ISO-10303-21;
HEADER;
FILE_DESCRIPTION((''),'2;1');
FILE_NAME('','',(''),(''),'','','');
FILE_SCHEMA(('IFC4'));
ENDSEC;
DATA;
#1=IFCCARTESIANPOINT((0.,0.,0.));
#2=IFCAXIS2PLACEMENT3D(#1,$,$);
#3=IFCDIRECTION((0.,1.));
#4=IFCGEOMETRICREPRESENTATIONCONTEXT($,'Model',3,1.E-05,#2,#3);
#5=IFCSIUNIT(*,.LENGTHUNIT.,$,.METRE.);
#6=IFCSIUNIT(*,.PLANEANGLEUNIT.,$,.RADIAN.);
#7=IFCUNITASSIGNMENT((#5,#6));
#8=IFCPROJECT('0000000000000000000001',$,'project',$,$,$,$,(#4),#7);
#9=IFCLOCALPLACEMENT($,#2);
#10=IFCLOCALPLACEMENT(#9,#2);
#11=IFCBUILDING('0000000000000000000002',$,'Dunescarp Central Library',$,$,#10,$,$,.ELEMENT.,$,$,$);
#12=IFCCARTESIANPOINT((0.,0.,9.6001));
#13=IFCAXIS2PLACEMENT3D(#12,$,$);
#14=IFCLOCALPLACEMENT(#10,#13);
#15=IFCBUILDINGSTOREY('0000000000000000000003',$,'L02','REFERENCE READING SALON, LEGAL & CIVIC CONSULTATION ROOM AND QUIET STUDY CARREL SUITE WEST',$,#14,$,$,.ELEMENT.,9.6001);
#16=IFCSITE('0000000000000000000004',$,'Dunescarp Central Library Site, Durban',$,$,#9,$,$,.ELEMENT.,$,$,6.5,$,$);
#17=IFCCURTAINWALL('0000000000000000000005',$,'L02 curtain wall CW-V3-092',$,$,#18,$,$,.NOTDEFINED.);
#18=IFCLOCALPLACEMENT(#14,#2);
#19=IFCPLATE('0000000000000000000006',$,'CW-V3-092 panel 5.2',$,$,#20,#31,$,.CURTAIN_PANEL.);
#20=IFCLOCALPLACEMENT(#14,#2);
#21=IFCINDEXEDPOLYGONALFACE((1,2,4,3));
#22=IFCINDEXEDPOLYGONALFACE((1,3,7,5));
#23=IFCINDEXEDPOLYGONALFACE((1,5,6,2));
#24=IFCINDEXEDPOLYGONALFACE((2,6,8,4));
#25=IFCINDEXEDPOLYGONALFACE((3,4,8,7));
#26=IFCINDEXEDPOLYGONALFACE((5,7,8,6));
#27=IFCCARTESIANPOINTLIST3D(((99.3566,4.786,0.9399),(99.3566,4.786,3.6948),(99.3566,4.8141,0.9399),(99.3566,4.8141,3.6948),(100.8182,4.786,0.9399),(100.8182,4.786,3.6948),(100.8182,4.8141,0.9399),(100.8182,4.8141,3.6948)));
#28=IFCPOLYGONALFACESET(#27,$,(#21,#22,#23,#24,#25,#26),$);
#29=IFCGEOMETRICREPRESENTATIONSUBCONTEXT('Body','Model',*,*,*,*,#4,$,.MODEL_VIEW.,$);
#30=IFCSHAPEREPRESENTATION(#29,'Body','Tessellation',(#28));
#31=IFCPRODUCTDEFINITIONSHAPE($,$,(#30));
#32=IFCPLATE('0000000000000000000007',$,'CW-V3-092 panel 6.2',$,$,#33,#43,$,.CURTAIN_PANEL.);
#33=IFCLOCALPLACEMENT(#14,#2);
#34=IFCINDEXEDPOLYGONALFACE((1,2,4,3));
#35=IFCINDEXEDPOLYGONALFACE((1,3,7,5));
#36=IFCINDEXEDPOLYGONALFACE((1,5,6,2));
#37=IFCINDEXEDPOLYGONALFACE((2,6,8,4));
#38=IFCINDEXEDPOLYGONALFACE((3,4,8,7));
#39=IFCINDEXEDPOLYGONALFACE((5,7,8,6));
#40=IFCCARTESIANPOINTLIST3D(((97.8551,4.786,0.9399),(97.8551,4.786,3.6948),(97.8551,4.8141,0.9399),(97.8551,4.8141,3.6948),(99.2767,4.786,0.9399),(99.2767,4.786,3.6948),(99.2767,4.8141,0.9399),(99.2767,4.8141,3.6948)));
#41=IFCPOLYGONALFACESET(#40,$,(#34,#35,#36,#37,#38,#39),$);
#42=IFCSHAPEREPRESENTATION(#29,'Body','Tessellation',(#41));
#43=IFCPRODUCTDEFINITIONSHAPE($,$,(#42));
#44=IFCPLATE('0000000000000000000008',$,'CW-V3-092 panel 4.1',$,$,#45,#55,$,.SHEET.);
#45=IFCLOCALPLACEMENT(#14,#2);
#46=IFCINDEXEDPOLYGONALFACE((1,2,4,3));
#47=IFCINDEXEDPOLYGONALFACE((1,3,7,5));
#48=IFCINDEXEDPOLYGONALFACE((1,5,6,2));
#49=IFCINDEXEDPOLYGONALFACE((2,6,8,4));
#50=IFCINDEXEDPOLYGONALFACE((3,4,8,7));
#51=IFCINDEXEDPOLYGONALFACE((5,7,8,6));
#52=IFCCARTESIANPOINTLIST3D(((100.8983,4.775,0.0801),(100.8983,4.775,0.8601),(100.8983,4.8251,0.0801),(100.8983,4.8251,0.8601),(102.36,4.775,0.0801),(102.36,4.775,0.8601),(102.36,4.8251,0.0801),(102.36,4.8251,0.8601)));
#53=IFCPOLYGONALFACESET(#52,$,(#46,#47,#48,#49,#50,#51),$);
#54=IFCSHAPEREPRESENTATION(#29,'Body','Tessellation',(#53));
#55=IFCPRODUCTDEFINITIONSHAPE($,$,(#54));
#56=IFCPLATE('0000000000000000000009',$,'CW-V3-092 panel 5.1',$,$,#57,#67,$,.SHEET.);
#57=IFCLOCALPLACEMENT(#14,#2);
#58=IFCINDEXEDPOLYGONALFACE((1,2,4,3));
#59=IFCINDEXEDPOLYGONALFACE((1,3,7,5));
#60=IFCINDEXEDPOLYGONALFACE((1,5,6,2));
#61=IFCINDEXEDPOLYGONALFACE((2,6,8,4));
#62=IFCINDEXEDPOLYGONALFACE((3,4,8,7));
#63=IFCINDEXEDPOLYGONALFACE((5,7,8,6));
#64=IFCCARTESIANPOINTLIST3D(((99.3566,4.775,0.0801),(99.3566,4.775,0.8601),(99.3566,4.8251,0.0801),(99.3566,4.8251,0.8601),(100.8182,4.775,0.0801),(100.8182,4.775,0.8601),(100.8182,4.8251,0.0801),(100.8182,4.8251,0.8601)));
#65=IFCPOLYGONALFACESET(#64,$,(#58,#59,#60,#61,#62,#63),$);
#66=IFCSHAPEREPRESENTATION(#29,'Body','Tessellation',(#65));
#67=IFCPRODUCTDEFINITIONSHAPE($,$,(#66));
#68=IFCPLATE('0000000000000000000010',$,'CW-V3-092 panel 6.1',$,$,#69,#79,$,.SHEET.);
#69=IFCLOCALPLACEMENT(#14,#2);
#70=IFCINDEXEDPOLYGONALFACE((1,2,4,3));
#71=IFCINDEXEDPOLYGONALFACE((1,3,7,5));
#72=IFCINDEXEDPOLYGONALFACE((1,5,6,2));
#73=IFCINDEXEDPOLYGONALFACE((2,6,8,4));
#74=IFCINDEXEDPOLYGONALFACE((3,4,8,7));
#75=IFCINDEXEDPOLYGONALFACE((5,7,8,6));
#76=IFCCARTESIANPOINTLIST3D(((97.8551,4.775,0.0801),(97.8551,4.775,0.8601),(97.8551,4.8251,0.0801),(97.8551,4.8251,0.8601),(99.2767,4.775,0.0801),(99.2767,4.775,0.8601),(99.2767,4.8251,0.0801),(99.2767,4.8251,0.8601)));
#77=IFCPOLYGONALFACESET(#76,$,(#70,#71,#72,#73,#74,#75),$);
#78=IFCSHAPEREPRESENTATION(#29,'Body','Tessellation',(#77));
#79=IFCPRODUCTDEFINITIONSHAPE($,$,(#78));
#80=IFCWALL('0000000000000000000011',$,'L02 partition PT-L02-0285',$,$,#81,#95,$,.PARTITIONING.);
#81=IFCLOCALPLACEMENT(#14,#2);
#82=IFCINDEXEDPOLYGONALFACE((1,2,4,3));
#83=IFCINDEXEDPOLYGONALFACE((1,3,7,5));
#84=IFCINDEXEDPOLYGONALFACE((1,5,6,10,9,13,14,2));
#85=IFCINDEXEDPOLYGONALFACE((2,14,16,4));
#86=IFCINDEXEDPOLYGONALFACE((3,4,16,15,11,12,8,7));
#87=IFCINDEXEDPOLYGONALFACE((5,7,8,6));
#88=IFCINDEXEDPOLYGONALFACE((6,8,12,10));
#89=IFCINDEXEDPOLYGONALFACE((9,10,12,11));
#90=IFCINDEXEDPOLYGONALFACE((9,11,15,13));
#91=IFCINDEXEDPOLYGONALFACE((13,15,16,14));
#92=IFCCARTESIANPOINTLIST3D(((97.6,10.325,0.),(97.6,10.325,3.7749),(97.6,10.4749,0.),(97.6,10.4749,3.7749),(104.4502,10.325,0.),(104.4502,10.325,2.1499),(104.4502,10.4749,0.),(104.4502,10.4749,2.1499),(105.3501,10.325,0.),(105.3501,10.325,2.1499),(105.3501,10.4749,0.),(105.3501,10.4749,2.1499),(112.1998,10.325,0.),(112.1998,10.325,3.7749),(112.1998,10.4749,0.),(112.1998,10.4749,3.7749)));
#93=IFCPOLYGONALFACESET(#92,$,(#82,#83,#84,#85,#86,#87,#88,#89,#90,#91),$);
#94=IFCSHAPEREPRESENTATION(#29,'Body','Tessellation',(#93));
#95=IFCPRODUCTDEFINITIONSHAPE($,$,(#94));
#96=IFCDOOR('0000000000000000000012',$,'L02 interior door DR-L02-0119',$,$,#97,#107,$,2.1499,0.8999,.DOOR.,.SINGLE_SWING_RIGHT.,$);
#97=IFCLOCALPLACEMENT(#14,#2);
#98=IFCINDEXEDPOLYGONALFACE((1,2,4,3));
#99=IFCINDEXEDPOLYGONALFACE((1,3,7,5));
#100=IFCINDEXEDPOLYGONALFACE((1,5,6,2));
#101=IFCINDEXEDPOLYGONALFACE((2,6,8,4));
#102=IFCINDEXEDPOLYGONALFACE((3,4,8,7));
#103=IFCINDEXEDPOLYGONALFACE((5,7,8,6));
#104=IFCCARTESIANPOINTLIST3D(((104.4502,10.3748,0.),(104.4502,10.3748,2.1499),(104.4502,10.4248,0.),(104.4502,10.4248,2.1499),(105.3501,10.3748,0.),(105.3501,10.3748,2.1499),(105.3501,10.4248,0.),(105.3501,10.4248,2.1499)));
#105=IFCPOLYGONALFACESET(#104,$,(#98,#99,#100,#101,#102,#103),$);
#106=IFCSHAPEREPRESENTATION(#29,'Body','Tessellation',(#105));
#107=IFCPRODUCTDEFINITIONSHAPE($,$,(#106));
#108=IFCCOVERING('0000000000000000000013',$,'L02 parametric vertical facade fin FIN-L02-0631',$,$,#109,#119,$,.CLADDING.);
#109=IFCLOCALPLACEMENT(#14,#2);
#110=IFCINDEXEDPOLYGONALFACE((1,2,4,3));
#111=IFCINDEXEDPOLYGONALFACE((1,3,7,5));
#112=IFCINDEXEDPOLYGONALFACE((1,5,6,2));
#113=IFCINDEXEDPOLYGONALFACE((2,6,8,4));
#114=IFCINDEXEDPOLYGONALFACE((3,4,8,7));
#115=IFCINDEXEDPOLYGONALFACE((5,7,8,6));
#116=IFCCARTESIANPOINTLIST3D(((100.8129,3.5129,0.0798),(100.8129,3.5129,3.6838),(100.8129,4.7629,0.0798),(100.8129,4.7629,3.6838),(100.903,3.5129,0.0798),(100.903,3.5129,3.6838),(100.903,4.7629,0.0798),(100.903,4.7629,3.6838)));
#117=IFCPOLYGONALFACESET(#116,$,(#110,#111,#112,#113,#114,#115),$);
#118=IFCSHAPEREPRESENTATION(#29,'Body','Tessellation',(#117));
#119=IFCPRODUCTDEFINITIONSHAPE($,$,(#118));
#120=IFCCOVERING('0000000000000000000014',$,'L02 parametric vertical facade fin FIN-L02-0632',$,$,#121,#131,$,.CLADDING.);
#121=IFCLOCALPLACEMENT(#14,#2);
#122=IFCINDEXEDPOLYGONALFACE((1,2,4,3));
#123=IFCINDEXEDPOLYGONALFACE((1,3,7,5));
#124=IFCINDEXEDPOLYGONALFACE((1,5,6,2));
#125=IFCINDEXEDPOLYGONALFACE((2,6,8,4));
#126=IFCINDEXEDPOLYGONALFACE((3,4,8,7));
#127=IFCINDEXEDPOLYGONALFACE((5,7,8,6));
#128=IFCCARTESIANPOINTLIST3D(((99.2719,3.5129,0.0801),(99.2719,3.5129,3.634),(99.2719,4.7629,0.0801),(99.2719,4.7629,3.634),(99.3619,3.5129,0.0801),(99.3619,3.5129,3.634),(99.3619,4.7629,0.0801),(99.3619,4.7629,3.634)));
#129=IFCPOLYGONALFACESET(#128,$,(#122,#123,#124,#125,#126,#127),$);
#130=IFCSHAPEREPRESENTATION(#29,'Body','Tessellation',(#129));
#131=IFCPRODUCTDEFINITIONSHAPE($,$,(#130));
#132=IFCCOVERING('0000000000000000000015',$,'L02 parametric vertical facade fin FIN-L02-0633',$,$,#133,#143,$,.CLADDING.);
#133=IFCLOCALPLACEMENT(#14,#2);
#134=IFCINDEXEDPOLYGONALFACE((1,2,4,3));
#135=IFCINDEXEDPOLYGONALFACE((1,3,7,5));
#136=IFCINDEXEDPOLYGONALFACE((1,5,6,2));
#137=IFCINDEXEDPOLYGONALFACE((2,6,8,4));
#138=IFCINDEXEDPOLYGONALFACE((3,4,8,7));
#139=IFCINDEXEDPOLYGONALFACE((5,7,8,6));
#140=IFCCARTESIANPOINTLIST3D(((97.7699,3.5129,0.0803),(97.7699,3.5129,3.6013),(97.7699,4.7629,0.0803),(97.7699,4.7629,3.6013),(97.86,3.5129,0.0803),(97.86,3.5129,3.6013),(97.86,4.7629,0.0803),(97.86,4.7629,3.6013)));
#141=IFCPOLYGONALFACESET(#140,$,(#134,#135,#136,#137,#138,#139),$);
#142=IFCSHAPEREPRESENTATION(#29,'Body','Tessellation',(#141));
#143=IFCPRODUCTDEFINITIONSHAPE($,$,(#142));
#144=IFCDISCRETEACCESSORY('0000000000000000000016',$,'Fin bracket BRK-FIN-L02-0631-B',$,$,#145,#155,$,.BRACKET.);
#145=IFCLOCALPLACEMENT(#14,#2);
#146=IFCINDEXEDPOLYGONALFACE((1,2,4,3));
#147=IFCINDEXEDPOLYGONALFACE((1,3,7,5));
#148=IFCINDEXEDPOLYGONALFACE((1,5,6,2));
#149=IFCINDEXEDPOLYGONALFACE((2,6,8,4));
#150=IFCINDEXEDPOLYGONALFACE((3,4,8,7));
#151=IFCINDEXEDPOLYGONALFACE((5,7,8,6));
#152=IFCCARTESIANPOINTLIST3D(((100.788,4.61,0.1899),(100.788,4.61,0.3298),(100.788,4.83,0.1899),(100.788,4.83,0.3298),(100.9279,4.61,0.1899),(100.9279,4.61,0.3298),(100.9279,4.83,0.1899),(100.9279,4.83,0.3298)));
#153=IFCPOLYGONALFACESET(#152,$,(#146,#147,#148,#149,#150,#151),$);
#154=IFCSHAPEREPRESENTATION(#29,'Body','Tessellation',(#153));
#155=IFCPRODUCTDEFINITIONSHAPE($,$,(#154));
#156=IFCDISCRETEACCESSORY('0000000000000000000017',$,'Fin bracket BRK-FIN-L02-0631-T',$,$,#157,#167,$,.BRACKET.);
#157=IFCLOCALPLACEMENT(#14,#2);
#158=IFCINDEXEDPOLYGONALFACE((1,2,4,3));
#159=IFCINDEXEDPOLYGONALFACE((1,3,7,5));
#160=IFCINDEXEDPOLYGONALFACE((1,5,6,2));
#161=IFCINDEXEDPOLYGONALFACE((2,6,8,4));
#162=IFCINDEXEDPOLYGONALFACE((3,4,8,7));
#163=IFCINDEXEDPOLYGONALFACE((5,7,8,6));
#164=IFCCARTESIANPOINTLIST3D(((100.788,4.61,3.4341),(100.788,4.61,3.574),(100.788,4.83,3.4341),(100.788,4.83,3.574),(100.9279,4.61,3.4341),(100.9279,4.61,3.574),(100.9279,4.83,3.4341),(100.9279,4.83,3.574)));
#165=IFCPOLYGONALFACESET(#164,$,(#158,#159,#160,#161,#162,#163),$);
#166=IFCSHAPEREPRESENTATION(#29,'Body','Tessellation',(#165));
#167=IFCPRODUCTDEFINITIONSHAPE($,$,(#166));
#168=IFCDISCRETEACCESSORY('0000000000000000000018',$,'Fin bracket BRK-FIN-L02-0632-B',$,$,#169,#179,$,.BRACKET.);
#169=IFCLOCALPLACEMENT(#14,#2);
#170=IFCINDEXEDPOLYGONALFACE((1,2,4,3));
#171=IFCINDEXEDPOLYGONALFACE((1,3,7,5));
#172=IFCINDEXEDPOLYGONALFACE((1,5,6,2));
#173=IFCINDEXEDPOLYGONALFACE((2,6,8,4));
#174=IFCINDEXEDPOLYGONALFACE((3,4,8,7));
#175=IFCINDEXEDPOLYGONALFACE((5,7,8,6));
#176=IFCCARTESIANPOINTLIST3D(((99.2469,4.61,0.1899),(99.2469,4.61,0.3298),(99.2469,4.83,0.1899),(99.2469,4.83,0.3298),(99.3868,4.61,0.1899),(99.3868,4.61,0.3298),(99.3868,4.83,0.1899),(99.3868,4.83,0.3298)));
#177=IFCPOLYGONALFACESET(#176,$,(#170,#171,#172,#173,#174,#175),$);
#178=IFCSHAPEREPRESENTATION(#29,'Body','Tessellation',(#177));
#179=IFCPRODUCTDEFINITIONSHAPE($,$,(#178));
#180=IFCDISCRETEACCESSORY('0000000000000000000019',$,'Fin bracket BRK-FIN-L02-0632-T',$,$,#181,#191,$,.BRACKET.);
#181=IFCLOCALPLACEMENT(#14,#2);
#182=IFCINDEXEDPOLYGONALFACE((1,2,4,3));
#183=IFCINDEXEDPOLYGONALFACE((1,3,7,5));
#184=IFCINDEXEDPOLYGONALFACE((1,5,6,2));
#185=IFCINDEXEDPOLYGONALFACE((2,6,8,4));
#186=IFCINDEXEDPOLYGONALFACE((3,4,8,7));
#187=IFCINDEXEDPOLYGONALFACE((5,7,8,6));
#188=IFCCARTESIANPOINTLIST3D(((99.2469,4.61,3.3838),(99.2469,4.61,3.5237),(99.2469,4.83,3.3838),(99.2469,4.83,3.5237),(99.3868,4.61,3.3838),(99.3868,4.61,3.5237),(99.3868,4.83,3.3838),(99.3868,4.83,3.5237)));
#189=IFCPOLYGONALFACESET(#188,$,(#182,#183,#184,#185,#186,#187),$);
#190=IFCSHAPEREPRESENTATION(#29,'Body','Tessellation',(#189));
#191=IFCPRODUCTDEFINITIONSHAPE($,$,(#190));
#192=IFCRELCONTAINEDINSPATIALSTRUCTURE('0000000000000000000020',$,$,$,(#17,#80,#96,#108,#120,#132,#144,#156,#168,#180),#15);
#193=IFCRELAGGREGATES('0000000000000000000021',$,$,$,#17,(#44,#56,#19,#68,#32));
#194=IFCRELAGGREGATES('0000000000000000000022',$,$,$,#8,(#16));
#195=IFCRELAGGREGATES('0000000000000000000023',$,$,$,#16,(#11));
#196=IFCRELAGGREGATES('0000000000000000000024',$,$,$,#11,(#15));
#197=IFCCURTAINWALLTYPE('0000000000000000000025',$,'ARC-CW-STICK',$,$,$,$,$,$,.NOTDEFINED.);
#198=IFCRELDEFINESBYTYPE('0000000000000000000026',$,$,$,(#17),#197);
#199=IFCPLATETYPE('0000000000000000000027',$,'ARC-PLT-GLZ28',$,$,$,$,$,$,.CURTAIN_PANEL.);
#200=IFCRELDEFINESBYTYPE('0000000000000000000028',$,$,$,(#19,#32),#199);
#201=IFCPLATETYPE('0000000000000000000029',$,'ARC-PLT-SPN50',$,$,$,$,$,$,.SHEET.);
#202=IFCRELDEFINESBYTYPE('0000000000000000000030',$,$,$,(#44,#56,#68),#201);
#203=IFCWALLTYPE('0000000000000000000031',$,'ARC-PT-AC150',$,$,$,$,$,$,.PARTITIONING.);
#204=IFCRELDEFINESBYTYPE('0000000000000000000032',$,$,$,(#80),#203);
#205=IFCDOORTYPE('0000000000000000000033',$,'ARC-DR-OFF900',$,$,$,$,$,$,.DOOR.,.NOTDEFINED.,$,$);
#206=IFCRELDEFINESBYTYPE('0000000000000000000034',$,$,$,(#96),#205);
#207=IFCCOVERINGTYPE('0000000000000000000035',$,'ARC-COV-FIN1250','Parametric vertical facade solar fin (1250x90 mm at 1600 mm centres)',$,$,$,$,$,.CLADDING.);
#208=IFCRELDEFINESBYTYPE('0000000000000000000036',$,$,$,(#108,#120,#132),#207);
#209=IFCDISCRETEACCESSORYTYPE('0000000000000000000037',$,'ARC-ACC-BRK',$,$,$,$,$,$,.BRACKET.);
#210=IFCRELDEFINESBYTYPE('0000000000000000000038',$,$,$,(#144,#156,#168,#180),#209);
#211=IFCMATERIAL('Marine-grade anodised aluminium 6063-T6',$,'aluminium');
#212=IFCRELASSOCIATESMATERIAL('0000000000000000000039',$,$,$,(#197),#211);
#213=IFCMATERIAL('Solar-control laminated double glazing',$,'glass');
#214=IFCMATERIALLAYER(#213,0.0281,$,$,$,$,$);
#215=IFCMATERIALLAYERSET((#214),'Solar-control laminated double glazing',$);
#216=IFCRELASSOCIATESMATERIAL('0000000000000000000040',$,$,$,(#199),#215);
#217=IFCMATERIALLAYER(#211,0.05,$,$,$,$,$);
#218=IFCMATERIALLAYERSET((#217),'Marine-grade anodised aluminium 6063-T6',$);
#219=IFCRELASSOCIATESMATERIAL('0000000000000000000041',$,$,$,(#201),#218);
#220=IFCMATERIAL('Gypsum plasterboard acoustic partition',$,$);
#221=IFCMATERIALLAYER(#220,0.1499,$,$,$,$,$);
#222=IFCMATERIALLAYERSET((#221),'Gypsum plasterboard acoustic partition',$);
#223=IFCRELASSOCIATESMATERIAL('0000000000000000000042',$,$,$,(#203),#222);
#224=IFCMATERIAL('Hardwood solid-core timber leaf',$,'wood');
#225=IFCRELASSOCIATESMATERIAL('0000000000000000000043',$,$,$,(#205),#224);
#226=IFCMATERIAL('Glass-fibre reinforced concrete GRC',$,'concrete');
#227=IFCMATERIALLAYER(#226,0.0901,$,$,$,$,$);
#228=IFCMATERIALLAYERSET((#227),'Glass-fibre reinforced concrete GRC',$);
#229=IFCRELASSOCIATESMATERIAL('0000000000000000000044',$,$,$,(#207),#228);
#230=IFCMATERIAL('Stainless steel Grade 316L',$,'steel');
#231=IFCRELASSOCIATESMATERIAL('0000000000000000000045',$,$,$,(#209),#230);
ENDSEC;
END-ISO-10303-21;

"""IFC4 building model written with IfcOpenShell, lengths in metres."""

from ifc_helpers import new_model, si_unit, direction, frame, frame_2d, origin, origin_2d, place, context, subcontext, project, spatial, rectangle, extrude, material, layer, layer_set, type_object, element, fill, aggregate, save


model = new_model("IFC4")

# Units and contexts
model_context = context("Model", 3, precision=1e-05, world=origin(), true_north=direction((0.0, 1.0)))
body_context = subcontext(model_context, "Body", "Model", "MODEL_VIEW")
ifc_project = project(units=[si_unit("LENGTHUNIT", "METRE"), si_unit("PLANEANGLEUNIT", "RADIAN")], contexts=[model_context])

# Site, building, storey
site_placement = place(None, origin())
site = spatial("IfcSite", under=ifc_project, at=site_placement, Name="Dunescarp Central Library Site, Durban", CompositionType="ELEMENT", RefElevation=6.5)
building_placement = place(site_placement, origin())
building = spatial("IfcBuilding", under=site, at=building_placement, Name="Dunescarp Central Library", CompositionType="ELEMENT")
storey_placement = place(building_placement, frame((0.0, 0.0, 9.6001)))
storey = spatial("IfcBuildingStorey", under=building, at=storey_placement, Name="L02", Description="REFERENCE READING SALON, LEGAL & CIVIC CONSULTATION ROOM AND QUIET STUDY CARREL SUITE WEST", CompositionType="ELEMENT", Elevation=9.6001)

# Curtain wall
ifc_material_1 = material(Name="Marine-grade anodised aluminium 6063-T6", Category="aluminium")
curtain_wall_type = type_object("IfcCurtainWallType", Name="ARC-CW-STICK", PredefinedType="NOTDEFINED", material=ifc_material_1)
curtain_wall_placement = place(storey_placement, origin())
curtain_wall = element("IfcCurtainWall", 1, at=curtain_wall_placement, inside=storey, type_object=curtain_wall_type, Name="L02 curtain wall CW-V3-092", PredefinedType="NOTDEFINED")

# Plates
ifc_material_2 = material(Name="Solar-control laminated double glazing", Category="glass")
ifc_layer_1 = layer(ifc_material_2, 0.0281)
ifc_layer_set_1 = layer_set([ifc_layer_1], Name="Solar-control laminated double glazing")
plate_type_1 = type_object("IfcPlateType", Name="ARC-PLT-GLZ28", PredefinedType="CURTAIN_PANEL", material=ifc_layer_set_1)
plate_1_placement = place(storey_placement, frame((100.0874, 4.8, 0.9399), z_axis=(0.0, 0.0, 1.0), x_axis=(-1.0, 0.0, 0.0)))
plate_1 = element("IfcPlate", 2, at=plate_1_placement, type_object=plate_type_1, Name="CW-V3-092 panel 5.2", PredefinedType="CURTAIN_PANEL", context=body_context, shape_type="SweptSolid", body=[
    extrude(rectangle(XDim=1.4617, YDim=0.0281, at=origin_2d()), origin(), (0.0, 0.0, 1.0), 2.7549),
])
plate_2_placement = place(storey_placement, frame((98.5659, 4.8, 0.9399), z_axis=(0.0, 0.0, 1.0), x_axis=(-1.0, 0.0, 0.0)))
plate_2 = element("IfcPlate", 3, at=plate_2_placement, type_object=plate_type_1, Name="CW-V3-092 panel 6.2", PredefinedType="CURTAIN_PANEL", context=body_context, shape_type="SweptSolid", body=[
    extrude(rectangle(XDim=1.4216, YDim=0.0281, at=origin_2d()), origin(), (0.0, 0.0, 1.0), 2.7549),
])
ifc_layer_2 = layer(ifc_material_1, 0.05)
ifc_layer_set_2 = layer_set([ifc_layer_2], Name="Marine-grade anodised aluminium 6063-T6")
plate_type_2 = type_object("IfcPlateType", Name="ARC-PLT-SPN50", PredefinedType="SHEET", material=ifc_layer_set_2)
plate_3_placement = place(storey_placement, frame((101.6292, 4.8, 0.0801), z_axis=(0.0, 0.0, 1.0), x_axis=(-1.0, 0.0, 0.0)))
plate_3 = element("IfcPlate", 4, at=plate_3_placement, type_object=plate_type_2, Name="CW-V3-092 panel 4.1", PredefinedType="SHEET", context=body_context, shape_type="SweptSolid", body=[
    extrude(rectangle(XDim=1.4617, YDim=0.05, at=origin_2d()), origin(), (0.0, 0.0, 1.0), 0.78),
])
plate_4_placement = place(storey_placement, frame((100.0874, 4.8, 0.0801), z_axis=(0.0, 0.0, 1.0), x_axis=(-1.0, 0.0, 0.0)))
plate_4 = element("IfcPlate", 5, at=plate_4_placement, type_object=plate_type_2, Name="CW-V3-092 panel 5.1", PredefinedType="SHEET", context=body_context, shape_type="SweptSolid", body=[
    extrude(rectangle(XDim=1.4617, YDim=0.05, at=origin_2d()), origin(), (0.0, 0.0, 1.0), 0.78),
])
plate_5_placement = place(storey_placement, frame((98.5659, 4.8, 0.0801), z_axis=(0.0, 0.0, 1.0), x_axis=(-1.0, 0.0, 0.0)))
plate_5 = element("IfcPlate", 6, at=plate_5_placement, type_object=plate_type_2, Name="CW-V3-092 panel 6.1", PredefinedType="SHEET", context=body_context, shape_type="SweptSolid", body=[
    extrude(rectangle(XDim=1.4216, YDim=0.05, at=origin_2d()), origin(), (0.0, 0.0, 1.0), 0.78),
])
aggregate(curtain_wall, [plate_3, plate_4, plate_1, plate_5, plate_2])

# Wall, opening, door
ifc_material_3 = material(Name="Gypsum plasterboard acoustic partition")
ifc_layer_3 = layer(ifc_material_3, 0.1499)
ifc_layer_set_3 = layer_set([ifc_layer_3], Name="Gypsum plasterboard acoustic partition")
wall_type = type_object("IfcWallType", Name="ARC-PT-AC150", PredefinedType="PARTITIONING", material=ifc_layer_set_3)
wall_placement = place(storey_placement, frame((97.6001, 10.3999, 0.0), z_axis=(0.0, 0.0, 1.0), x_axis=(1.0, 0.0, 0.0)))
wall = element("IfcWall", 7, at=wall_placement, inside=storey, type_object=wall_type, Name="L02 partition PT-L02-0285", PredefinedType="PARTITIONING", context=body_context, shape_type="SweptSolid", body=[
    extrude(rectangle(XDim=14.5999, YDim=0.1499, at=frame_2d((7.2998, 0.0))), origin(), (0.0, 0.0, 1.0), 3.7749),
])
opening_placement = place(wall_placement, frame((6.8501, 0.0, 0.0)))
opening = element("IfcOpeningElement", 8, at=opening_placement, cuts=wall, PredefinedType="OPENING", context=body_context, shape_type="SweptSolid", body=[
    extrude(rectangle(XDim=0.8999, YDim=2.1499, at=frame_2d((0.45, 1.075))), frame((0.0, 0.085, 0.0), z_axis=(0.0, -1.0, 0.0), x_axis=(1.0, 0.0, 0.0)), (0.0, 0.0, 1.0), 0.1699),
])
ifc_material_4 = material(Name="Hardwood solid-core timber leaf", Category="wood")
door_type = type_object("IfcDoorType", Name="ARC-DR-OFF900", OperationType="NOTDEFINED", PredefinedType="DOOR", material=ifc_material_4)
door_placement = place(opening_placement, origin())
door = element("IfcDoor", 9, at=door_placement, inside=storey, type_object=door_type, Name="L02 interior door DR-L02-0119", OperationType="SINGLE_SWING_RIGHT", OverallHeight=2.1499, OverallWidth=0.8999, PredefinedType="DOOR", context=body_context, shape_type="SweptSolid", body=[
    extrude(rectangle(XDim=0.8999, YDim=2.1499, at=frame_2d((0.45, 1.075))), frame((0.0, 0.0249, 0.0), z_axis=(0.0, -1.0, 0.0), x_axis=(1.0, 0.0, 0.0)), (0.0, 0.0, 1.0), 0.05),
])
fill(opening, door)

# Coverings
ifc_material_5 = material(Name="Glass-fibre reinforced concrete GRC", Category="concrete")
ifc_layer_4 = layer(ifc_material_5, 0.0901)
ifc_layer_set_4 = layer_set([ifc_layer_4], Name="Glass-fibre reinforced concrete GRC")
covering_type = type_object("IfcCoveringType", Name="ARC-COV-FIN1250", Description="Parametric vertical facade solar fin (1250x90 mm at 1600 mm centres)", PredefinedType="CLADDING", material=ifc_layer_set_4)
covering_1_placement = place(storey_placement, frame((100.8579, 4.1379, 0.0798), z_axis=(0.0, 0.0, 1.0), x_axis=(0.0, -1.0, 0.0)))
element("IfcCovering", 10, at=covering_1_placement, inside=storey, type_object=covering_type, Name="L02 parametric vertical facade fin FIN-L02-0631", PredefinedType="CLADDING", context=body_context, shape_type="SweptSolid", body=[
    extrude(rectangle(XDim=1.25, YDim=0.0901, at=origin_2d()), origin(), (0.0, 0.0, 1.0), 3.604),
])
covering_2_placement = place(storey_placement, frame((99.3169, 4.1379, 0.0801), z_axis=(0.0, 0.0, 1.0), x_axis=(0.0, -1.0, 0.0)))
element("IfcCovering", 11, at=covering_2_placement, inside=storey, type_object=covering_type, Name="L02 parametric vertical facade fin FIN-L02-0632", PredefinedType="CLADDING", context=body_context, shape_type="SweptSolid", body=[
    extrude(rectangle(XDim=1.25, YDim=0.0901, at=origin_2d()), origin(), (0.0, 0.0, 1.0), 3.554),
])
covering_3_placement = place(storey_placement, frame((97.8149, 4.1379, 0.0803), z_axis=(0.0, 0.0, 1.0), x_axis=(0.0, -1.0, 0.0)))
element("IfcCovering", 12, at=covering_3_placement, inside=storey, type_object=covering_type, Name="L02 parametric vertical facade fin FIN-L02-0633", PredefinedType="CLADDING", context=body_context, shape_type="SweptSolid", body=[
    extrude(rectangle(XDim=1.25, YDim=0.0901, at=origin_2d()), origin(), (0.0, 0.0, 1.0), 3.521),
])

# Discrete accessories
ifc_material_6 = material(Name="Stainless steel Grade 316L", Category="steel")
discrete_accessory_type = type_object("IfcDiscreteAccessoryType", Name="ARC-ACC-BRK", PredefinedType="BRACKET", material=ifc_material_6)
for number, where, z_axis, x_axis, name in (
    (13, (100.8579, 4.72, 0.1899), (0.0, 0.0, 1.0), (0.0, -1.0, 0.0), "Fin bracket BRK-FIN-L02-0631-B"),
    (14, (100.8579, 4.72, 3.4341), (0.0, 0.0, 1.0), (0.0, -1.0, 0.0), "Fin bracket BRK-FIN-L02-0631-T"),
    (15, (99.3169, 4.72, 0.1899), (0.0, 0.0, 1.0), (0.0, -1.0, 0.0), "Fin bracket BRK-FIN-L02-0632-B"),
    (16, (99.3169, 4.72, 3.3838), (0.0, 0.0, 1.0), (0.0, -1.0, 0.0), "Fin bracket BRK-FIN-L02-0632-T"),
):
    element("IfcDiscreteAccessory", number, at=place(storey_placement, frame(where, z_axis=z_axis, x_axis=x_axis)), inside=storey, type_object=discrete_accessory_type, Name=name, PredefinedType="BRACKET", context=body_context, shape_type="SweptSolid", body=[
        extrude(rectangle(XDim=0.22, YDim=0.1399, at=origin_2d()), origin(), (0.0, 0.0, 1.0), 0.1399),
    ])

save(model, "model.ifc")
